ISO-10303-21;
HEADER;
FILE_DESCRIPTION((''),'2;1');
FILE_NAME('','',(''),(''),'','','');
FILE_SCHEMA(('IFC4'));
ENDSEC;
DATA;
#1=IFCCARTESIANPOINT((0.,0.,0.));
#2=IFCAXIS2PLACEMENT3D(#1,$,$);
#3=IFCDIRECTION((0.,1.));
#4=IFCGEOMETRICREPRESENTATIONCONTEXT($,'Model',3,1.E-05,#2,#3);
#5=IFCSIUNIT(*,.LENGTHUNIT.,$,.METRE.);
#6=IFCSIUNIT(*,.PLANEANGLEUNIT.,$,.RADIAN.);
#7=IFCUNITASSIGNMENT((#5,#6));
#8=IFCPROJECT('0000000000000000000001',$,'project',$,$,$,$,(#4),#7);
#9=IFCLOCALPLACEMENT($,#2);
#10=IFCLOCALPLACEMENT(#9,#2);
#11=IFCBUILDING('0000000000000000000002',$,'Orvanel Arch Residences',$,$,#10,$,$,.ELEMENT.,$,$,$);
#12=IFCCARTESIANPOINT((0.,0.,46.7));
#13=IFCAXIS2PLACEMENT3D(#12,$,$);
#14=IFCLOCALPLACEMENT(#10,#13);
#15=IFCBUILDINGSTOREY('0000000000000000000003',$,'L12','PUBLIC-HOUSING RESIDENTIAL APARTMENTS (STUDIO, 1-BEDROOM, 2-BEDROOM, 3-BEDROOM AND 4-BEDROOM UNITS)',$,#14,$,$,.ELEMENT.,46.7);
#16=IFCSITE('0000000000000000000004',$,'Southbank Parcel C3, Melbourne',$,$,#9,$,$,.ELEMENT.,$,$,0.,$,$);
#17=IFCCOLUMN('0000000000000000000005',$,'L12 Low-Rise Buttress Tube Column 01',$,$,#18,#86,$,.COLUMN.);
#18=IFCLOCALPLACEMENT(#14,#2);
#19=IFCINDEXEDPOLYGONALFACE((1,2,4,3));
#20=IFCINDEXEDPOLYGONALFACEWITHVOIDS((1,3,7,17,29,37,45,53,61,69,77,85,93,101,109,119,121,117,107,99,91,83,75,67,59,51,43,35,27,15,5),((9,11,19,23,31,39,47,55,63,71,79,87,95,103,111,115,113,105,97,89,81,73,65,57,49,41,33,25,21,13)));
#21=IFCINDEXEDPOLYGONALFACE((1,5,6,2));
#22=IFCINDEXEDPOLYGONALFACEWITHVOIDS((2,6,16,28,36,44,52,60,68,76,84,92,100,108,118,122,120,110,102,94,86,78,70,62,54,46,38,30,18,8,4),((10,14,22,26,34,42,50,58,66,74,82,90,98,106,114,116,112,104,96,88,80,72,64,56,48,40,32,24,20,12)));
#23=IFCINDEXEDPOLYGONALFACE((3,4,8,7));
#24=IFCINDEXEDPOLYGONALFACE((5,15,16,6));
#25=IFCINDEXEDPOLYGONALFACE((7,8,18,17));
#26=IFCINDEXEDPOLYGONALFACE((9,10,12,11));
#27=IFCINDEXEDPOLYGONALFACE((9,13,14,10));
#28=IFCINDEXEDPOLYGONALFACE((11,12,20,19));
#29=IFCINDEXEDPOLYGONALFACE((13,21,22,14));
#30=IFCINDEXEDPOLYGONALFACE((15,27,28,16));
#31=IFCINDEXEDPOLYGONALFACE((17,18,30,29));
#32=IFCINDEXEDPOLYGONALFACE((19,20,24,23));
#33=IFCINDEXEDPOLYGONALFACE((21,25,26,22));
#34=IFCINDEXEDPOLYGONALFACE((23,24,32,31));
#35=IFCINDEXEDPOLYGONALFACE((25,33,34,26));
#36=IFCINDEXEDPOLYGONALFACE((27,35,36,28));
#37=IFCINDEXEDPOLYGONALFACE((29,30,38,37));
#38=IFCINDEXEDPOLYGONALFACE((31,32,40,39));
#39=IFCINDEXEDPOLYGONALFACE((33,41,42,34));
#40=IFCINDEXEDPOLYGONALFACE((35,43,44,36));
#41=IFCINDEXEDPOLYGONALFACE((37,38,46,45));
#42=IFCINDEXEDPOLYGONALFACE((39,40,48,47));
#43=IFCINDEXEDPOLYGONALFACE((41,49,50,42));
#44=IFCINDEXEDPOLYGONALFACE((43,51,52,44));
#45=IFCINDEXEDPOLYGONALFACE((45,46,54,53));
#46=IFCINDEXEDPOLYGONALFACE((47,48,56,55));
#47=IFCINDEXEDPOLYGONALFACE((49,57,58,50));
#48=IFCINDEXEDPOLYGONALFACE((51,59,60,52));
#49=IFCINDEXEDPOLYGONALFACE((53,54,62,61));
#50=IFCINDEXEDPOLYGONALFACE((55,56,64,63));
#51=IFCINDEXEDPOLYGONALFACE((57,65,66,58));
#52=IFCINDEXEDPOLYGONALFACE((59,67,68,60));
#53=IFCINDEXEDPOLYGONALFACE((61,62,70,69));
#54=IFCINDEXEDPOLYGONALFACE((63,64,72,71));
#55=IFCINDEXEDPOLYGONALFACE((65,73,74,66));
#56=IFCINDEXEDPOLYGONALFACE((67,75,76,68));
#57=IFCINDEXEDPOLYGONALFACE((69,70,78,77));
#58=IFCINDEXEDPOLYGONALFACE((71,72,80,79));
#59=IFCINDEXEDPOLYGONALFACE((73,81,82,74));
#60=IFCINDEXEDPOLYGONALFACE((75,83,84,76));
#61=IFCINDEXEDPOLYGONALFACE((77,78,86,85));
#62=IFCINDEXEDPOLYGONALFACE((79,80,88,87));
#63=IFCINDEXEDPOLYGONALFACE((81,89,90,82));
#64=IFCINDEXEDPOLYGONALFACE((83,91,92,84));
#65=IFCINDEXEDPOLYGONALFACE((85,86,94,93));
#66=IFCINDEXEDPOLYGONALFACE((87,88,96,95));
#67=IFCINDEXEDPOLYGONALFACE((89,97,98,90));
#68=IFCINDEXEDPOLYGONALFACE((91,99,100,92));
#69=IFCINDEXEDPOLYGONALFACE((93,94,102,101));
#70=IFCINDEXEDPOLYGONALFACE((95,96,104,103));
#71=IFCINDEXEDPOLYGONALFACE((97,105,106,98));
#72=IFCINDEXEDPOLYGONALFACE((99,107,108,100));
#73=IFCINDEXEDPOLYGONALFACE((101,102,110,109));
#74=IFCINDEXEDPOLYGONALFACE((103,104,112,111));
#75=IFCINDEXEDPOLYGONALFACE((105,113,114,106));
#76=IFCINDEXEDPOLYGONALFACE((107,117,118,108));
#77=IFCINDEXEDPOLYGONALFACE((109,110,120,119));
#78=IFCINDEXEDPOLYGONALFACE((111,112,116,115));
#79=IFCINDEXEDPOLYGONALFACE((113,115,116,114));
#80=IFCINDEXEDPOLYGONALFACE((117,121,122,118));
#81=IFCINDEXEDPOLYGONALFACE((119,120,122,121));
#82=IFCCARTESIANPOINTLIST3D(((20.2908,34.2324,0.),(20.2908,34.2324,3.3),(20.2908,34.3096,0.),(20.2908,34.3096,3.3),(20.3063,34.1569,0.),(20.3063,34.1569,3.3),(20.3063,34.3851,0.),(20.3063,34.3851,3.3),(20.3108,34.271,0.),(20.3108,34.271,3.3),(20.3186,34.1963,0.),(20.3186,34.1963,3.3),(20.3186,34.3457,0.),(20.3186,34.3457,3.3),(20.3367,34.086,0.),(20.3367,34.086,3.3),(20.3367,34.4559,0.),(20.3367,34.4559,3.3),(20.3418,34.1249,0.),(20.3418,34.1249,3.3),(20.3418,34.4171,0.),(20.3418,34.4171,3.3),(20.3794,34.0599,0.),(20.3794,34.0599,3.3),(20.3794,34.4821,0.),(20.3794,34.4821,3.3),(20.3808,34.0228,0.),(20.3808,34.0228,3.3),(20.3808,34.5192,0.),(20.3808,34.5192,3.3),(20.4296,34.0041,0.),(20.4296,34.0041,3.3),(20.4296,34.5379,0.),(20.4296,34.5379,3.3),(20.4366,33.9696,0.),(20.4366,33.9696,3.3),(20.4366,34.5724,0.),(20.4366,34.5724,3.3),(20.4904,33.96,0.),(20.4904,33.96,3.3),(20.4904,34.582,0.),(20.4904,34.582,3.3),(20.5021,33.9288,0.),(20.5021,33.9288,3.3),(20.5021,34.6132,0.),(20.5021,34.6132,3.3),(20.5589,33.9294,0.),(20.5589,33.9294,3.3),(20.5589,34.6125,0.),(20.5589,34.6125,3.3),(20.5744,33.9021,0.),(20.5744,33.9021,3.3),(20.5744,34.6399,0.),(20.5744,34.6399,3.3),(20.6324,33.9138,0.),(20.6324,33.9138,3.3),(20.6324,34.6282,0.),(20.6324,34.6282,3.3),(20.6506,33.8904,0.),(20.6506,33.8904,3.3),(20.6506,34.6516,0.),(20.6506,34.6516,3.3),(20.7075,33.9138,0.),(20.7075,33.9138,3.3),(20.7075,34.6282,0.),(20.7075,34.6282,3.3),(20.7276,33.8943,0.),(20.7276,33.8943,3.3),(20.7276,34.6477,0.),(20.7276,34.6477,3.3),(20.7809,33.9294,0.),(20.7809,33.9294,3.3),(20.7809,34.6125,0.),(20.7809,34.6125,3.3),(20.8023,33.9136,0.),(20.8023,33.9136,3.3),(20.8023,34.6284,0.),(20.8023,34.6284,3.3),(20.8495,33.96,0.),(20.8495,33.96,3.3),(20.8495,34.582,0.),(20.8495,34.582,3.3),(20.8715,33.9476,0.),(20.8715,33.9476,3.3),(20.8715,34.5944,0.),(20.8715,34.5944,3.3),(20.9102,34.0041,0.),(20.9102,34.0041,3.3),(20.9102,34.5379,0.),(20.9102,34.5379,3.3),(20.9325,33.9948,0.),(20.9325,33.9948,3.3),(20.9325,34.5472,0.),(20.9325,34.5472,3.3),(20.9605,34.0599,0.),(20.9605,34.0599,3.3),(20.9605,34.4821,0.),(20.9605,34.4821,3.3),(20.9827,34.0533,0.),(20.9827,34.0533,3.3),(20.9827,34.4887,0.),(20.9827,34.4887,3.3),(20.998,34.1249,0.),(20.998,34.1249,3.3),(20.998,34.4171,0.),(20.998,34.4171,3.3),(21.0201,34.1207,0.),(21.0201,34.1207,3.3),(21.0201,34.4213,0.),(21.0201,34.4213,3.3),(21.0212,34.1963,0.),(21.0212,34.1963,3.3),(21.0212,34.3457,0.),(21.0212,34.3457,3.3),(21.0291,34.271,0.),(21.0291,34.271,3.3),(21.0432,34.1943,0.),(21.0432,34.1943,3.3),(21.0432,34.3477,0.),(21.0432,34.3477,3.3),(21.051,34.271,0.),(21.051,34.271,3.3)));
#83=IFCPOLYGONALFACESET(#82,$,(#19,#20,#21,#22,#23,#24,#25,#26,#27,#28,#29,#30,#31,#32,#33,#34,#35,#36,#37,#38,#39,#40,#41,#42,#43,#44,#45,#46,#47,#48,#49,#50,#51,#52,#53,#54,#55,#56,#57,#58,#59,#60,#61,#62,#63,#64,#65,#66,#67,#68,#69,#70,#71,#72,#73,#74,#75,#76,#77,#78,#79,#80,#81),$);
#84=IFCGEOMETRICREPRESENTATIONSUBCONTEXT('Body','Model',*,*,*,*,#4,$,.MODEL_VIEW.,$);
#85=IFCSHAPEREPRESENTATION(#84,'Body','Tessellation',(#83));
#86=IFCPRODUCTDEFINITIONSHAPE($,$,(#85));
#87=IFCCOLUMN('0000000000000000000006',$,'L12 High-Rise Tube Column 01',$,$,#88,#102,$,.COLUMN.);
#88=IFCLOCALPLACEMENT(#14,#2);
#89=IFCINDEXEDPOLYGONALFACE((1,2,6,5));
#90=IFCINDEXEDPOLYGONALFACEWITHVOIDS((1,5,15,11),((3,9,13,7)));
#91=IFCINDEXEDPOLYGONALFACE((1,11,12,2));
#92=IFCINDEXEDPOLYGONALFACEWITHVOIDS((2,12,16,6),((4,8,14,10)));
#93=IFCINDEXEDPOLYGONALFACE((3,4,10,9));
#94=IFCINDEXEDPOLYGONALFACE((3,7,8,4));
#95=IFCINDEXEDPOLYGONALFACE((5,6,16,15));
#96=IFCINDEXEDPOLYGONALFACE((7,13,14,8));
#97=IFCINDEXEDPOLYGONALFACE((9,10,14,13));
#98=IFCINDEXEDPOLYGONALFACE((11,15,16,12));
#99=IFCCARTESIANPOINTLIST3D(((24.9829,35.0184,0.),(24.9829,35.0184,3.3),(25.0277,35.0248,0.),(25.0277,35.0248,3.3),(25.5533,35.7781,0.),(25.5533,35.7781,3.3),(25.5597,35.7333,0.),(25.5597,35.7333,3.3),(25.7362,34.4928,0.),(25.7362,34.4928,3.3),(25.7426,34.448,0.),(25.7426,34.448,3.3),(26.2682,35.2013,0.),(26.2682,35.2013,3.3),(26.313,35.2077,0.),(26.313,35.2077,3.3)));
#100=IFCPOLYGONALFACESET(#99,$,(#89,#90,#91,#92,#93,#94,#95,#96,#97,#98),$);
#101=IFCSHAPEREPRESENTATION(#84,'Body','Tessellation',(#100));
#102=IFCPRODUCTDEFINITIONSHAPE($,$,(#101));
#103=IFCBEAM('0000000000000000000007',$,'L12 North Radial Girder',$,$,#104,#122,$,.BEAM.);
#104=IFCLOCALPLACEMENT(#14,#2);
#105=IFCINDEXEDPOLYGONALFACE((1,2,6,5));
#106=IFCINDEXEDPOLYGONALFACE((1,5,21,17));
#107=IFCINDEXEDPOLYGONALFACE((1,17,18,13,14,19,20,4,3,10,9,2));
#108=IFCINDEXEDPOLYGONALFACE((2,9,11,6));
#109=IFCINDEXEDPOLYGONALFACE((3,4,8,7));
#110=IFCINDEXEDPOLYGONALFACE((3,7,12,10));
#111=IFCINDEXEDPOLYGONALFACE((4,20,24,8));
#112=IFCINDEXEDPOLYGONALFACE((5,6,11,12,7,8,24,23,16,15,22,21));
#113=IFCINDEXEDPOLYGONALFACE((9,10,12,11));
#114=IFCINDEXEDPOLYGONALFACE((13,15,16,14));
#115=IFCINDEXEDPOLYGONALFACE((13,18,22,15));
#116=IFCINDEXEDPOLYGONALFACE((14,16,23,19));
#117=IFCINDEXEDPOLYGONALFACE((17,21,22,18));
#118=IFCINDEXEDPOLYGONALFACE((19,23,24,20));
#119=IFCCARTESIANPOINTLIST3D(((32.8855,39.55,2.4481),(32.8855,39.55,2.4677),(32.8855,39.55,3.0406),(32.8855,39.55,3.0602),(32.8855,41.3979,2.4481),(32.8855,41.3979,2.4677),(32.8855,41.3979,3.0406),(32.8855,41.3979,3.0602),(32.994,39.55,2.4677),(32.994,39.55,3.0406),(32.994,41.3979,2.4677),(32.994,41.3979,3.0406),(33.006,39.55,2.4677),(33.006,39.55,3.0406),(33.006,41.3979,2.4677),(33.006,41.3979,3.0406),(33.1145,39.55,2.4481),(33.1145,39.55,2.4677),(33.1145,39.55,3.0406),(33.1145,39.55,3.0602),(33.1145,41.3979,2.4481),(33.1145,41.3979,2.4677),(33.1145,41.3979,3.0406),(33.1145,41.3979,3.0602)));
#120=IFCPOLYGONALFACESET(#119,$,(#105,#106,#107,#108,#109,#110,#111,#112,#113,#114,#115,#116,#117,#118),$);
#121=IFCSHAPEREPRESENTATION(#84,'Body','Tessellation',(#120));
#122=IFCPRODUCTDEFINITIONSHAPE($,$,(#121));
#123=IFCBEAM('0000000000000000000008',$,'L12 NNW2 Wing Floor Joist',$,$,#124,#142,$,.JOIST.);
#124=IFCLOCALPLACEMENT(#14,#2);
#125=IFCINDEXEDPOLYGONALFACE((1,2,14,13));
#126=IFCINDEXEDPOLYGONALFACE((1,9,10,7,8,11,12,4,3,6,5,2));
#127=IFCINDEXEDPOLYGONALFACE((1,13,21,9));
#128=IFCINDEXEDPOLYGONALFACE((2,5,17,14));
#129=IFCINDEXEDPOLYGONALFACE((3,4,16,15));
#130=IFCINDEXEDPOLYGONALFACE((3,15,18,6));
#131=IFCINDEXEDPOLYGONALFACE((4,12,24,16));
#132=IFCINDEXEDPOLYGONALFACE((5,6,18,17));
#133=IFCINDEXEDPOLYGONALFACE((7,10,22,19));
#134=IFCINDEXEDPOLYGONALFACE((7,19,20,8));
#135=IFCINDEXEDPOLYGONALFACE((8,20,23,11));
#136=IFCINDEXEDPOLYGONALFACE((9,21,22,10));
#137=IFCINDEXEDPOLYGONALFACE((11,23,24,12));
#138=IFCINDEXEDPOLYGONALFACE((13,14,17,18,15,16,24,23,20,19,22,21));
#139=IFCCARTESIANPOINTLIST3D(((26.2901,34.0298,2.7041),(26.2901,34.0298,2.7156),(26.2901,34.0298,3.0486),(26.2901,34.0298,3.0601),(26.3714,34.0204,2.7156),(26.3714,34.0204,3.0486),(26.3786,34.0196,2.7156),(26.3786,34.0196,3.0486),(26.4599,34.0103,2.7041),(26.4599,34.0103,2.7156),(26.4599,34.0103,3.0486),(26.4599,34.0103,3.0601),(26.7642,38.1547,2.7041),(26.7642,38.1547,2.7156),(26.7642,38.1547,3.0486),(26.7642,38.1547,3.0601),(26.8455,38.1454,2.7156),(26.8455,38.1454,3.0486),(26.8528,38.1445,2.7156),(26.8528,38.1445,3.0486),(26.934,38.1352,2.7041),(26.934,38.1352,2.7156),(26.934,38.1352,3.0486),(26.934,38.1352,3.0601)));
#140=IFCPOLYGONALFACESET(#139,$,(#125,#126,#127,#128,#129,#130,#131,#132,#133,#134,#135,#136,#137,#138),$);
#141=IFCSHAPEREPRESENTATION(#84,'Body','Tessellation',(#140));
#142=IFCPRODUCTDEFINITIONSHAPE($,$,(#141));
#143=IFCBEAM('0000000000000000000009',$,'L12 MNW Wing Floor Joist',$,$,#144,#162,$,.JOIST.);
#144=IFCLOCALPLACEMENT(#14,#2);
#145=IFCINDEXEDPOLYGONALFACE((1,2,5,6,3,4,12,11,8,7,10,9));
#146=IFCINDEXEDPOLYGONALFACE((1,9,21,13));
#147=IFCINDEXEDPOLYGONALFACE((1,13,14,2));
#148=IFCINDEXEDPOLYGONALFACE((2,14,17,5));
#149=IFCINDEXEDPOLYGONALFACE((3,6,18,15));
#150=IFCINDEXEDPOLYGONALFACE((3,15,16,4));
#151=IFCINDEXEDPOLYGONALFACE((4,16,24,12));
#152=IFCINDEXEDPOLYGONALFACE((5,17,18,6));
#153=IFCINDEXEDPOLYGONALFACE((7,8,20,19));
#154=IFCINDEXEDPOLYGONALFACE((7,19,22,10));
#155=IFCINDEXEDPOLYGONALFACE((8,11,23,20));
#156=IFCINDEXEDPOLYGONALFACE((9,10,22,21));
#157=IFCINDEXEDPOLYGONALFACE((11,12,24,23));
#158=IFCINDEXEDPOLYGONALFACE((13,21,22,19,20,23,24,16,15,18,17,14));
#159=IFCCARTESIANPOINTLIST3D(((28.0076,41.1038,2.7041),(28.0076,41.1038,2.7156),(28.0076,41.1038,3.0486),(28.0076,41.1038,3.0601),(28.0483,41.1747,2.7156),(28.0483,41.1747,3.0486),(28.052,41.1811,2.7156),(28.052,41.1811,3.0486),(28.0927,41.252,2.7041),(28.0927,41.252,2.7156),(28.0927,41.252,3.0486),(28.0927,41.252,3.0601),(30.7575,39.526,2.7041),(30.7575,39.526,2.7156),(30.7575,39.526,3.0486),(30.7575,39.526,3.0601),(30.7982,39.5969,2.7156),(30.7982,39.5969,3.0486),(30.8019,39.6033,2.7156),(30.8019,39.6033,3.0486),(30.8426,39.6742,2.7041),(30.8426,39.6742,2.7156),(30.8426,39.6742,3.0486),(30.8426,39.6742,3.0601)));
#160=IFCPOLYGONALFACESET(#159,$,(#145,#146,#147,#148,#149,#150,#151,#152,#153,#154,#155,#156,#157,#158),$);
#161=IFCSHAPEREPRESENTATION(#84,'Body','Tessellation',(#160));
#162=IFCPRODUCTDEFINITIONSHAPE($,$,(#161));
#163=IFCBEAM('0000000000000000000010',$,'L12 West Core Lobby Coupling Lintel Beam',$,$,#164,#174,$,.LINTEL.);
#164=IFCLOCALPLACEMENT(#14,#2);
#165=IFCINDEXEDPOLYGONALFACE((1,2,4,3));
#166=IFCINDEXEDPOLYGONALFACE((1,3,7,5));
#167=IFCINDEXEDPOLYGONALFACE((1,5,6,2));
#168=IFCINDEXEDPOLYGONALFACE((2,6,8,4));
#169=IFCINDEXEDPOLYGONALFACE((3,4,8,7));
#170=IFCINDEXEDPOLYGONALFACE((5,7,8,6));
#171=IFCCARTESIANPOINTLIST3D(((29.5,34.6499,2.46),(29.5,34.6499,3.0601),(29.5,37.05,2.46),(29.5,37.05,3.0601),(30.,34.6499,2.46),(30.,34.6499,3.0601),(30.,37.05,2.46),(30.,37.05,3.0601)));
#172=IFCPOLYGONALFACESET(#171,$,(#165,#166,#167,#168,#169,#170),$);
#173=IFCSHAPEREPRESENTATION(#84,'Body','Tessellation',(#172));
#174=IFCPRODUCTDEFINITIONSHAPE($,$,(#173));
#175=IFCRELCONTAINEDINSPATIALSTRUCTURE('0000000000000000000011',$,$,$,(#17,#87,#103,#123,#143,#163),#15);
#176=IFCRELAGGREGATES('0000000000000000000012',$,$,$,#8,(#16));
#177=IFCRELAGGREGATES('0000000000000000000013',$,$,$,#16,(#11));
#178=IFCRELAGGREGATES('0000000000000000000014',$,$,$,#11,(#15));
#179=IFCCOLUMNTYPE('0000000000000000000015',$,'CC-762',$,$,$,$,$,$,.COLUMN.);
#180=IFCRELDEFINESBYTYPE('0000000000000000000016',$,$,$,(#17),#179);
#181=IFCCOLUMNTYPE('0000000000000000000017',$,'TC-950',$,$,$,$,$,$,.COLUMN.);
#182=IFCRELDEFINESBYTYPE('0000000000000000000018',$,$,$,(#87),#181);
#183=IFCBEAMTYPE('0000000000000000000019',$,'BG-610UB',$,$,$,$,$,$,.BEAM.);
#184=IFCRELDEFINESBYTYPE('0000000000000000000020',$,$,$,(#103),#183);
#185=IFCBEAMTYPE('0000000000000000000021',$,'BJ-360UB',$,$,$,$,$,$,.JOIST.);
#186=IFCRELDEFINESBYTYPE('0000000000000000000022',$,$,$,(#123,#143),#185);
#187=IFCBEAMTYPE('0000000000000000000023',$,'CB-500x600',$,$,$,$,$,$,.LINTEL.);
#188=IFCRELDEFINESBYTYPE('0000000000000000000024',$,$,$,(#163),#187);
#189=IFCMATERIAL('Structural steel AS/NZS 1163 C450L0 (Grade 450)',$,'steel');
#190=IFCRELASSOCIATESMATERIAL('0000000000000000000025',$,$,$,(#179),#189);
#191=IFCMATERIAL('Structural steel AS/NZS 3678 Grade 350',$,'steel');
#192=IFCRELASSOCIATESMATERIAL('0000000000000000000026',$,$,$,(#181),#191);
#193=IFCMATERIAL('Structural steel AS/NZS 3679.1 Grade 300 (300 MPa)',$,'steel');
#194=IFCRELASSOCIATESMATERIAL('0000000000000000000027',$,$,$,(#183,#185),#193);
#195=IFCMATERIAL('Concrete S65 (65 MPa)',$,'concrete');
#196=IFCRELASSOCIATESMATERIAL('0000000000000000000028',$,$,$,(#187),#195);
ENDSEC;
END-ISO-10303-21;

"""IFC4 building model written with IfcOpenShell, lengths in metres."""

from ifc_helpers import new_model, si_unit, direction, frame, origin, origin_2d, place, context, subcontext, project, spatial, rectangle, hollow_rectangle, hollow_circle, i_section, extrude, material, material_profile, profile_set, type_object, element, save


model = new_model("IFC4")

# Units and contexts
model_context = context("Model", 3, precision=1e-05, world=origin(), true_north=direction((0.0, 1.0)))
body_context = subcontext(model_context, "Body", "Model", "MODEL_VIEW")
ifc_project = project(units=[si_unit("LENGTHUNIT", "METRE"), si_unit("PLANEANGLEUNIT", "RADIAN")], contexts=[model_context])

# Site, building, storey
site_placement = place(None, origin())
site = spatial("IfcSite", under=ifc_project, at=site_placement, Name="Southbank Parcel C3, Melbourne", CompositionType="ELEMENT", RefElevation=0.0)
building_placement = place(site_placement, origin())
building = spatial("IfcBuilding", under=site, at=building_placement, Name="Orvanel Arch Residences", CompositionType="ELEMENT")
storey_placement = place(building_placement, frame((0.0, 0.0, 46.7)))
storey = spatial("IfcBuildingStorey", under=building, at=storey_placement, Name="L12", Description="PUBLIC-HOUSING RESIDENTIAL APARTMENTS (STUDIO, 1-BEDROOM, 2-BEDROOM, 3-BEDROOM AND 4-BEDROOM UNITS)", CompositionType="ELEMENT", Elevation=46.7)

# Columns
ifc_material_1 = material(Name="Structural steel AS/NZS 1163 C450L0 (Grade 450)", Category="steel")
ifc_material_profile_1 = material_profile(ifc_material_1, hollow_circle(Radius=0.3811, WallThickness=0.022, at=origin_2d()), Name="CHS762x22")
ifc_profile_set_1 = profile_set([ifc_material_profile_1], Name="Structural steel AS/NZS 1163 C450L0 (Grade 450)")
column_type_1 = type_object("IfcColumnType", Name="CC-762", PredefinedType="COLUMN", material=ifc_profile_set_1)
column_1_placement = place(storey_placement, frame((20.6699, 34.271, 0.0), z_axis=(0.0, 0.0, 1.0), x_axis=(1.0, 0.0, 0.0)))
element("IfcColumn", 1, at=column_1_placement, inside=storey, type_object=column_type_1, Name="L12 Low-Rise Buttress Tube Column 01", PredefinedType="COLUMN", context=body_context, shape_type="SweptSolid", body=[
    extrude(hollow_circle(Radius=0.3811, WallThickness=0.022, at=origin_2d()), origin(), (0.0, 0.0, 1.0), 3.3),
])
ifc_material_2 = material(Name="Structural steel AS/NZS 3678 Grade 350", Category="steel")
ifc_material_profile_2 = material_profile(ifc_material_2, hollow_rectangle(XDim=0.95, YDim=0.95, WallThickness=0.032, at=origin_2d()), Name="BOX950x950x32")
ifc_profile_set_2 = profile_set([ifc_material_profile_2], Name="Structural steel AS/NZS 3678 Grade 350")
column_type_2 = type_object("IfcColumnType", Name="TC-950", PredefinedType="COLUMN", material=ifc_profile_set_2)
column_2_placement = place(storey_placement, frame((25.6479, 35.113, 0.0), z_axis=(0.0, 0.0, 1.0), x_axis=(0.60042, 0.799685, 0.0)))
element("IfcColumn", 2, at=column_2_placement, inside=storey, type_object=column_type_2, Name="L12 High-Rise Tube Column 01", PredefinedType="COLUMN", context=body_context, shape_type="SweptSolid", body=[
    extrude(hollow_rectangle(XDim=0.95, YDim=0.95, WallThickness=0.032, at=origin_2d()), origin(), (0.0, 0.0, 1.0), 3.3),
])

# Beams
ifc_material_3 = material(Name="Structural steel AS/NZS 3679.1 Grade 300 (300 MPa)", Category="steel")
ifc_material_profile_3 = material_profile(ifc_material_3, i_section(OverallWidth=0.229, OverallDepth=0.6121, WebThickness=0.012, FlangeThickness=0.0195, at=origin_2d()), Name="610UB125")
ifc_profile_set_3 = profile_set([ifc_material_profile_3], Name="Structural steel AS/NZS 3679.1 Grade 300 (300 MPa)")
beam_type_1 = type_object("IfcBeamType", Name="BG-610UB", PredefinedType="BEAM", material=ifc_profile_set_3)
beam_1_placement = place(storey_placement, frame((33.0, 39.55, 2.7542), z_axis=(0.0, 1.0, 0.0), x_axis=(-1.0, 0.0, 0.0)))
element("IfcBeam", 3, at=beam_1_placement, inside=storey, type_object=beam_type_1, Name="L12 North Radial Girder", PredefinedType="BEAM", context=body_context, shape_type="SweptSolid", body=[
    extrude(i_section(OverallWidth=0.229, OverallDepth=0.6121, WebThickness=0.012, FlangeThickness=0.0195, at=origin_2d()), origin(), (0.0, 0.0, 1.0), 1.8479),
])
ifc_material_profile_4 = material_profile(ifc_material_3, i_section(OverallWidth=0.1709, OverallDepth=0.356, WebThickness=0.0073, FlangeThickness=0.0115, at=origin_2d()), Name="360UB50.7")
ifc_profile_set_4 = profile_set([ifc_material_profile_4], Name="Structural steel AS/NZS 3679.1 Grade 300 (300 MPa)")
beam_type_2 = type_object("IfcBeamType", Name="BJ-360UB", PredefinedType="JOIST", material=ifc_profile_set_4)
beam_2_placement = place(storey_placement, frame((26.375, 34.02, 2.8821), z_axis=(0.114187, 0.993459, 0.0), x_axis=(-0.993459, 0.114187, 0.0)))
element("IfcBeam", 4, at=beam_2_placement, inside=storey, type_object=beam_type_2, Name="L12 NNW2 Wing Floor Joist", PredefinedType="JOIST", context=body_context, shape_type="SweptSolid", body=[
    extrude(i_section(OverallWidth=0.1709, OverallDepth=0.356, WebThickness=0.0073, FlangeThickness=0.0115, at=origin_2d()), origin(), (0.0, 0.0, 1.0), 4.1521),
])
beam_3_placement = place(storey_placement, frame((30.8, 39.6001, 2.8821), z_axis=(-0.867365, 0.497672, 0.0), x_axis=(-0.497672, -0.867365, 0.0)))
element("IfcBeam", 5, at=beam_3_placement, inside=storey, type_object=beam_type_2, Name="L12 MNW Wing Floor Joist", PredefinedType="JOIST", context=body_context, shape_type="SweptSolid", body=[
    extrude(i_section(OverallWidth=0.1709, OverallDepth=0.356, WebThickness=0.0073, FlangeThickness=0.0115, at=origin_2d()), origin(), (0.0, 0.0, 1.0), 3.1704),
])
ifc_material_4 = material(Name="Concrete S65 (65 MPa)", Category="concrete")
ifc_material_profile_5 = material_profile(ifc_material_4, rectangle(XDim=0.5, YDim=0.6001, at=origin_2d()), Name="RC500x600")
ifc_profile_set_5 = profile_set([ifc_material_profile_5], Name="Concrete S65 (65 MPa)")
beam_type_3 = type_object("IfcBeamType", Name="CB-500x600", PredefinedType="LINTEL", material=ifc_profile_set_5)
beam_4_placement = place(storey_placement, frame((29.75, 34.6499, 2.76), z_axis=(0.0, 1.0, 0.0), x_axis=(-1.0, 0.0, 0.0)))
element("IfcBeam", 6, at=beam_4_placement, inside=storey, type_object=beam_type_3, Name="L12 West Core Lobby Coupling Lintel Beam", PredefinedType="LINTEL", context=body_context, shape_type="SweptSolid", body=[
    extrude(rectangle(XDim=0.5, YDim=0.6001, at=origin_2d()), origin(), (0.0, 0.0, 1.0), 2.4001),
])

save(model, "model.ifc")
